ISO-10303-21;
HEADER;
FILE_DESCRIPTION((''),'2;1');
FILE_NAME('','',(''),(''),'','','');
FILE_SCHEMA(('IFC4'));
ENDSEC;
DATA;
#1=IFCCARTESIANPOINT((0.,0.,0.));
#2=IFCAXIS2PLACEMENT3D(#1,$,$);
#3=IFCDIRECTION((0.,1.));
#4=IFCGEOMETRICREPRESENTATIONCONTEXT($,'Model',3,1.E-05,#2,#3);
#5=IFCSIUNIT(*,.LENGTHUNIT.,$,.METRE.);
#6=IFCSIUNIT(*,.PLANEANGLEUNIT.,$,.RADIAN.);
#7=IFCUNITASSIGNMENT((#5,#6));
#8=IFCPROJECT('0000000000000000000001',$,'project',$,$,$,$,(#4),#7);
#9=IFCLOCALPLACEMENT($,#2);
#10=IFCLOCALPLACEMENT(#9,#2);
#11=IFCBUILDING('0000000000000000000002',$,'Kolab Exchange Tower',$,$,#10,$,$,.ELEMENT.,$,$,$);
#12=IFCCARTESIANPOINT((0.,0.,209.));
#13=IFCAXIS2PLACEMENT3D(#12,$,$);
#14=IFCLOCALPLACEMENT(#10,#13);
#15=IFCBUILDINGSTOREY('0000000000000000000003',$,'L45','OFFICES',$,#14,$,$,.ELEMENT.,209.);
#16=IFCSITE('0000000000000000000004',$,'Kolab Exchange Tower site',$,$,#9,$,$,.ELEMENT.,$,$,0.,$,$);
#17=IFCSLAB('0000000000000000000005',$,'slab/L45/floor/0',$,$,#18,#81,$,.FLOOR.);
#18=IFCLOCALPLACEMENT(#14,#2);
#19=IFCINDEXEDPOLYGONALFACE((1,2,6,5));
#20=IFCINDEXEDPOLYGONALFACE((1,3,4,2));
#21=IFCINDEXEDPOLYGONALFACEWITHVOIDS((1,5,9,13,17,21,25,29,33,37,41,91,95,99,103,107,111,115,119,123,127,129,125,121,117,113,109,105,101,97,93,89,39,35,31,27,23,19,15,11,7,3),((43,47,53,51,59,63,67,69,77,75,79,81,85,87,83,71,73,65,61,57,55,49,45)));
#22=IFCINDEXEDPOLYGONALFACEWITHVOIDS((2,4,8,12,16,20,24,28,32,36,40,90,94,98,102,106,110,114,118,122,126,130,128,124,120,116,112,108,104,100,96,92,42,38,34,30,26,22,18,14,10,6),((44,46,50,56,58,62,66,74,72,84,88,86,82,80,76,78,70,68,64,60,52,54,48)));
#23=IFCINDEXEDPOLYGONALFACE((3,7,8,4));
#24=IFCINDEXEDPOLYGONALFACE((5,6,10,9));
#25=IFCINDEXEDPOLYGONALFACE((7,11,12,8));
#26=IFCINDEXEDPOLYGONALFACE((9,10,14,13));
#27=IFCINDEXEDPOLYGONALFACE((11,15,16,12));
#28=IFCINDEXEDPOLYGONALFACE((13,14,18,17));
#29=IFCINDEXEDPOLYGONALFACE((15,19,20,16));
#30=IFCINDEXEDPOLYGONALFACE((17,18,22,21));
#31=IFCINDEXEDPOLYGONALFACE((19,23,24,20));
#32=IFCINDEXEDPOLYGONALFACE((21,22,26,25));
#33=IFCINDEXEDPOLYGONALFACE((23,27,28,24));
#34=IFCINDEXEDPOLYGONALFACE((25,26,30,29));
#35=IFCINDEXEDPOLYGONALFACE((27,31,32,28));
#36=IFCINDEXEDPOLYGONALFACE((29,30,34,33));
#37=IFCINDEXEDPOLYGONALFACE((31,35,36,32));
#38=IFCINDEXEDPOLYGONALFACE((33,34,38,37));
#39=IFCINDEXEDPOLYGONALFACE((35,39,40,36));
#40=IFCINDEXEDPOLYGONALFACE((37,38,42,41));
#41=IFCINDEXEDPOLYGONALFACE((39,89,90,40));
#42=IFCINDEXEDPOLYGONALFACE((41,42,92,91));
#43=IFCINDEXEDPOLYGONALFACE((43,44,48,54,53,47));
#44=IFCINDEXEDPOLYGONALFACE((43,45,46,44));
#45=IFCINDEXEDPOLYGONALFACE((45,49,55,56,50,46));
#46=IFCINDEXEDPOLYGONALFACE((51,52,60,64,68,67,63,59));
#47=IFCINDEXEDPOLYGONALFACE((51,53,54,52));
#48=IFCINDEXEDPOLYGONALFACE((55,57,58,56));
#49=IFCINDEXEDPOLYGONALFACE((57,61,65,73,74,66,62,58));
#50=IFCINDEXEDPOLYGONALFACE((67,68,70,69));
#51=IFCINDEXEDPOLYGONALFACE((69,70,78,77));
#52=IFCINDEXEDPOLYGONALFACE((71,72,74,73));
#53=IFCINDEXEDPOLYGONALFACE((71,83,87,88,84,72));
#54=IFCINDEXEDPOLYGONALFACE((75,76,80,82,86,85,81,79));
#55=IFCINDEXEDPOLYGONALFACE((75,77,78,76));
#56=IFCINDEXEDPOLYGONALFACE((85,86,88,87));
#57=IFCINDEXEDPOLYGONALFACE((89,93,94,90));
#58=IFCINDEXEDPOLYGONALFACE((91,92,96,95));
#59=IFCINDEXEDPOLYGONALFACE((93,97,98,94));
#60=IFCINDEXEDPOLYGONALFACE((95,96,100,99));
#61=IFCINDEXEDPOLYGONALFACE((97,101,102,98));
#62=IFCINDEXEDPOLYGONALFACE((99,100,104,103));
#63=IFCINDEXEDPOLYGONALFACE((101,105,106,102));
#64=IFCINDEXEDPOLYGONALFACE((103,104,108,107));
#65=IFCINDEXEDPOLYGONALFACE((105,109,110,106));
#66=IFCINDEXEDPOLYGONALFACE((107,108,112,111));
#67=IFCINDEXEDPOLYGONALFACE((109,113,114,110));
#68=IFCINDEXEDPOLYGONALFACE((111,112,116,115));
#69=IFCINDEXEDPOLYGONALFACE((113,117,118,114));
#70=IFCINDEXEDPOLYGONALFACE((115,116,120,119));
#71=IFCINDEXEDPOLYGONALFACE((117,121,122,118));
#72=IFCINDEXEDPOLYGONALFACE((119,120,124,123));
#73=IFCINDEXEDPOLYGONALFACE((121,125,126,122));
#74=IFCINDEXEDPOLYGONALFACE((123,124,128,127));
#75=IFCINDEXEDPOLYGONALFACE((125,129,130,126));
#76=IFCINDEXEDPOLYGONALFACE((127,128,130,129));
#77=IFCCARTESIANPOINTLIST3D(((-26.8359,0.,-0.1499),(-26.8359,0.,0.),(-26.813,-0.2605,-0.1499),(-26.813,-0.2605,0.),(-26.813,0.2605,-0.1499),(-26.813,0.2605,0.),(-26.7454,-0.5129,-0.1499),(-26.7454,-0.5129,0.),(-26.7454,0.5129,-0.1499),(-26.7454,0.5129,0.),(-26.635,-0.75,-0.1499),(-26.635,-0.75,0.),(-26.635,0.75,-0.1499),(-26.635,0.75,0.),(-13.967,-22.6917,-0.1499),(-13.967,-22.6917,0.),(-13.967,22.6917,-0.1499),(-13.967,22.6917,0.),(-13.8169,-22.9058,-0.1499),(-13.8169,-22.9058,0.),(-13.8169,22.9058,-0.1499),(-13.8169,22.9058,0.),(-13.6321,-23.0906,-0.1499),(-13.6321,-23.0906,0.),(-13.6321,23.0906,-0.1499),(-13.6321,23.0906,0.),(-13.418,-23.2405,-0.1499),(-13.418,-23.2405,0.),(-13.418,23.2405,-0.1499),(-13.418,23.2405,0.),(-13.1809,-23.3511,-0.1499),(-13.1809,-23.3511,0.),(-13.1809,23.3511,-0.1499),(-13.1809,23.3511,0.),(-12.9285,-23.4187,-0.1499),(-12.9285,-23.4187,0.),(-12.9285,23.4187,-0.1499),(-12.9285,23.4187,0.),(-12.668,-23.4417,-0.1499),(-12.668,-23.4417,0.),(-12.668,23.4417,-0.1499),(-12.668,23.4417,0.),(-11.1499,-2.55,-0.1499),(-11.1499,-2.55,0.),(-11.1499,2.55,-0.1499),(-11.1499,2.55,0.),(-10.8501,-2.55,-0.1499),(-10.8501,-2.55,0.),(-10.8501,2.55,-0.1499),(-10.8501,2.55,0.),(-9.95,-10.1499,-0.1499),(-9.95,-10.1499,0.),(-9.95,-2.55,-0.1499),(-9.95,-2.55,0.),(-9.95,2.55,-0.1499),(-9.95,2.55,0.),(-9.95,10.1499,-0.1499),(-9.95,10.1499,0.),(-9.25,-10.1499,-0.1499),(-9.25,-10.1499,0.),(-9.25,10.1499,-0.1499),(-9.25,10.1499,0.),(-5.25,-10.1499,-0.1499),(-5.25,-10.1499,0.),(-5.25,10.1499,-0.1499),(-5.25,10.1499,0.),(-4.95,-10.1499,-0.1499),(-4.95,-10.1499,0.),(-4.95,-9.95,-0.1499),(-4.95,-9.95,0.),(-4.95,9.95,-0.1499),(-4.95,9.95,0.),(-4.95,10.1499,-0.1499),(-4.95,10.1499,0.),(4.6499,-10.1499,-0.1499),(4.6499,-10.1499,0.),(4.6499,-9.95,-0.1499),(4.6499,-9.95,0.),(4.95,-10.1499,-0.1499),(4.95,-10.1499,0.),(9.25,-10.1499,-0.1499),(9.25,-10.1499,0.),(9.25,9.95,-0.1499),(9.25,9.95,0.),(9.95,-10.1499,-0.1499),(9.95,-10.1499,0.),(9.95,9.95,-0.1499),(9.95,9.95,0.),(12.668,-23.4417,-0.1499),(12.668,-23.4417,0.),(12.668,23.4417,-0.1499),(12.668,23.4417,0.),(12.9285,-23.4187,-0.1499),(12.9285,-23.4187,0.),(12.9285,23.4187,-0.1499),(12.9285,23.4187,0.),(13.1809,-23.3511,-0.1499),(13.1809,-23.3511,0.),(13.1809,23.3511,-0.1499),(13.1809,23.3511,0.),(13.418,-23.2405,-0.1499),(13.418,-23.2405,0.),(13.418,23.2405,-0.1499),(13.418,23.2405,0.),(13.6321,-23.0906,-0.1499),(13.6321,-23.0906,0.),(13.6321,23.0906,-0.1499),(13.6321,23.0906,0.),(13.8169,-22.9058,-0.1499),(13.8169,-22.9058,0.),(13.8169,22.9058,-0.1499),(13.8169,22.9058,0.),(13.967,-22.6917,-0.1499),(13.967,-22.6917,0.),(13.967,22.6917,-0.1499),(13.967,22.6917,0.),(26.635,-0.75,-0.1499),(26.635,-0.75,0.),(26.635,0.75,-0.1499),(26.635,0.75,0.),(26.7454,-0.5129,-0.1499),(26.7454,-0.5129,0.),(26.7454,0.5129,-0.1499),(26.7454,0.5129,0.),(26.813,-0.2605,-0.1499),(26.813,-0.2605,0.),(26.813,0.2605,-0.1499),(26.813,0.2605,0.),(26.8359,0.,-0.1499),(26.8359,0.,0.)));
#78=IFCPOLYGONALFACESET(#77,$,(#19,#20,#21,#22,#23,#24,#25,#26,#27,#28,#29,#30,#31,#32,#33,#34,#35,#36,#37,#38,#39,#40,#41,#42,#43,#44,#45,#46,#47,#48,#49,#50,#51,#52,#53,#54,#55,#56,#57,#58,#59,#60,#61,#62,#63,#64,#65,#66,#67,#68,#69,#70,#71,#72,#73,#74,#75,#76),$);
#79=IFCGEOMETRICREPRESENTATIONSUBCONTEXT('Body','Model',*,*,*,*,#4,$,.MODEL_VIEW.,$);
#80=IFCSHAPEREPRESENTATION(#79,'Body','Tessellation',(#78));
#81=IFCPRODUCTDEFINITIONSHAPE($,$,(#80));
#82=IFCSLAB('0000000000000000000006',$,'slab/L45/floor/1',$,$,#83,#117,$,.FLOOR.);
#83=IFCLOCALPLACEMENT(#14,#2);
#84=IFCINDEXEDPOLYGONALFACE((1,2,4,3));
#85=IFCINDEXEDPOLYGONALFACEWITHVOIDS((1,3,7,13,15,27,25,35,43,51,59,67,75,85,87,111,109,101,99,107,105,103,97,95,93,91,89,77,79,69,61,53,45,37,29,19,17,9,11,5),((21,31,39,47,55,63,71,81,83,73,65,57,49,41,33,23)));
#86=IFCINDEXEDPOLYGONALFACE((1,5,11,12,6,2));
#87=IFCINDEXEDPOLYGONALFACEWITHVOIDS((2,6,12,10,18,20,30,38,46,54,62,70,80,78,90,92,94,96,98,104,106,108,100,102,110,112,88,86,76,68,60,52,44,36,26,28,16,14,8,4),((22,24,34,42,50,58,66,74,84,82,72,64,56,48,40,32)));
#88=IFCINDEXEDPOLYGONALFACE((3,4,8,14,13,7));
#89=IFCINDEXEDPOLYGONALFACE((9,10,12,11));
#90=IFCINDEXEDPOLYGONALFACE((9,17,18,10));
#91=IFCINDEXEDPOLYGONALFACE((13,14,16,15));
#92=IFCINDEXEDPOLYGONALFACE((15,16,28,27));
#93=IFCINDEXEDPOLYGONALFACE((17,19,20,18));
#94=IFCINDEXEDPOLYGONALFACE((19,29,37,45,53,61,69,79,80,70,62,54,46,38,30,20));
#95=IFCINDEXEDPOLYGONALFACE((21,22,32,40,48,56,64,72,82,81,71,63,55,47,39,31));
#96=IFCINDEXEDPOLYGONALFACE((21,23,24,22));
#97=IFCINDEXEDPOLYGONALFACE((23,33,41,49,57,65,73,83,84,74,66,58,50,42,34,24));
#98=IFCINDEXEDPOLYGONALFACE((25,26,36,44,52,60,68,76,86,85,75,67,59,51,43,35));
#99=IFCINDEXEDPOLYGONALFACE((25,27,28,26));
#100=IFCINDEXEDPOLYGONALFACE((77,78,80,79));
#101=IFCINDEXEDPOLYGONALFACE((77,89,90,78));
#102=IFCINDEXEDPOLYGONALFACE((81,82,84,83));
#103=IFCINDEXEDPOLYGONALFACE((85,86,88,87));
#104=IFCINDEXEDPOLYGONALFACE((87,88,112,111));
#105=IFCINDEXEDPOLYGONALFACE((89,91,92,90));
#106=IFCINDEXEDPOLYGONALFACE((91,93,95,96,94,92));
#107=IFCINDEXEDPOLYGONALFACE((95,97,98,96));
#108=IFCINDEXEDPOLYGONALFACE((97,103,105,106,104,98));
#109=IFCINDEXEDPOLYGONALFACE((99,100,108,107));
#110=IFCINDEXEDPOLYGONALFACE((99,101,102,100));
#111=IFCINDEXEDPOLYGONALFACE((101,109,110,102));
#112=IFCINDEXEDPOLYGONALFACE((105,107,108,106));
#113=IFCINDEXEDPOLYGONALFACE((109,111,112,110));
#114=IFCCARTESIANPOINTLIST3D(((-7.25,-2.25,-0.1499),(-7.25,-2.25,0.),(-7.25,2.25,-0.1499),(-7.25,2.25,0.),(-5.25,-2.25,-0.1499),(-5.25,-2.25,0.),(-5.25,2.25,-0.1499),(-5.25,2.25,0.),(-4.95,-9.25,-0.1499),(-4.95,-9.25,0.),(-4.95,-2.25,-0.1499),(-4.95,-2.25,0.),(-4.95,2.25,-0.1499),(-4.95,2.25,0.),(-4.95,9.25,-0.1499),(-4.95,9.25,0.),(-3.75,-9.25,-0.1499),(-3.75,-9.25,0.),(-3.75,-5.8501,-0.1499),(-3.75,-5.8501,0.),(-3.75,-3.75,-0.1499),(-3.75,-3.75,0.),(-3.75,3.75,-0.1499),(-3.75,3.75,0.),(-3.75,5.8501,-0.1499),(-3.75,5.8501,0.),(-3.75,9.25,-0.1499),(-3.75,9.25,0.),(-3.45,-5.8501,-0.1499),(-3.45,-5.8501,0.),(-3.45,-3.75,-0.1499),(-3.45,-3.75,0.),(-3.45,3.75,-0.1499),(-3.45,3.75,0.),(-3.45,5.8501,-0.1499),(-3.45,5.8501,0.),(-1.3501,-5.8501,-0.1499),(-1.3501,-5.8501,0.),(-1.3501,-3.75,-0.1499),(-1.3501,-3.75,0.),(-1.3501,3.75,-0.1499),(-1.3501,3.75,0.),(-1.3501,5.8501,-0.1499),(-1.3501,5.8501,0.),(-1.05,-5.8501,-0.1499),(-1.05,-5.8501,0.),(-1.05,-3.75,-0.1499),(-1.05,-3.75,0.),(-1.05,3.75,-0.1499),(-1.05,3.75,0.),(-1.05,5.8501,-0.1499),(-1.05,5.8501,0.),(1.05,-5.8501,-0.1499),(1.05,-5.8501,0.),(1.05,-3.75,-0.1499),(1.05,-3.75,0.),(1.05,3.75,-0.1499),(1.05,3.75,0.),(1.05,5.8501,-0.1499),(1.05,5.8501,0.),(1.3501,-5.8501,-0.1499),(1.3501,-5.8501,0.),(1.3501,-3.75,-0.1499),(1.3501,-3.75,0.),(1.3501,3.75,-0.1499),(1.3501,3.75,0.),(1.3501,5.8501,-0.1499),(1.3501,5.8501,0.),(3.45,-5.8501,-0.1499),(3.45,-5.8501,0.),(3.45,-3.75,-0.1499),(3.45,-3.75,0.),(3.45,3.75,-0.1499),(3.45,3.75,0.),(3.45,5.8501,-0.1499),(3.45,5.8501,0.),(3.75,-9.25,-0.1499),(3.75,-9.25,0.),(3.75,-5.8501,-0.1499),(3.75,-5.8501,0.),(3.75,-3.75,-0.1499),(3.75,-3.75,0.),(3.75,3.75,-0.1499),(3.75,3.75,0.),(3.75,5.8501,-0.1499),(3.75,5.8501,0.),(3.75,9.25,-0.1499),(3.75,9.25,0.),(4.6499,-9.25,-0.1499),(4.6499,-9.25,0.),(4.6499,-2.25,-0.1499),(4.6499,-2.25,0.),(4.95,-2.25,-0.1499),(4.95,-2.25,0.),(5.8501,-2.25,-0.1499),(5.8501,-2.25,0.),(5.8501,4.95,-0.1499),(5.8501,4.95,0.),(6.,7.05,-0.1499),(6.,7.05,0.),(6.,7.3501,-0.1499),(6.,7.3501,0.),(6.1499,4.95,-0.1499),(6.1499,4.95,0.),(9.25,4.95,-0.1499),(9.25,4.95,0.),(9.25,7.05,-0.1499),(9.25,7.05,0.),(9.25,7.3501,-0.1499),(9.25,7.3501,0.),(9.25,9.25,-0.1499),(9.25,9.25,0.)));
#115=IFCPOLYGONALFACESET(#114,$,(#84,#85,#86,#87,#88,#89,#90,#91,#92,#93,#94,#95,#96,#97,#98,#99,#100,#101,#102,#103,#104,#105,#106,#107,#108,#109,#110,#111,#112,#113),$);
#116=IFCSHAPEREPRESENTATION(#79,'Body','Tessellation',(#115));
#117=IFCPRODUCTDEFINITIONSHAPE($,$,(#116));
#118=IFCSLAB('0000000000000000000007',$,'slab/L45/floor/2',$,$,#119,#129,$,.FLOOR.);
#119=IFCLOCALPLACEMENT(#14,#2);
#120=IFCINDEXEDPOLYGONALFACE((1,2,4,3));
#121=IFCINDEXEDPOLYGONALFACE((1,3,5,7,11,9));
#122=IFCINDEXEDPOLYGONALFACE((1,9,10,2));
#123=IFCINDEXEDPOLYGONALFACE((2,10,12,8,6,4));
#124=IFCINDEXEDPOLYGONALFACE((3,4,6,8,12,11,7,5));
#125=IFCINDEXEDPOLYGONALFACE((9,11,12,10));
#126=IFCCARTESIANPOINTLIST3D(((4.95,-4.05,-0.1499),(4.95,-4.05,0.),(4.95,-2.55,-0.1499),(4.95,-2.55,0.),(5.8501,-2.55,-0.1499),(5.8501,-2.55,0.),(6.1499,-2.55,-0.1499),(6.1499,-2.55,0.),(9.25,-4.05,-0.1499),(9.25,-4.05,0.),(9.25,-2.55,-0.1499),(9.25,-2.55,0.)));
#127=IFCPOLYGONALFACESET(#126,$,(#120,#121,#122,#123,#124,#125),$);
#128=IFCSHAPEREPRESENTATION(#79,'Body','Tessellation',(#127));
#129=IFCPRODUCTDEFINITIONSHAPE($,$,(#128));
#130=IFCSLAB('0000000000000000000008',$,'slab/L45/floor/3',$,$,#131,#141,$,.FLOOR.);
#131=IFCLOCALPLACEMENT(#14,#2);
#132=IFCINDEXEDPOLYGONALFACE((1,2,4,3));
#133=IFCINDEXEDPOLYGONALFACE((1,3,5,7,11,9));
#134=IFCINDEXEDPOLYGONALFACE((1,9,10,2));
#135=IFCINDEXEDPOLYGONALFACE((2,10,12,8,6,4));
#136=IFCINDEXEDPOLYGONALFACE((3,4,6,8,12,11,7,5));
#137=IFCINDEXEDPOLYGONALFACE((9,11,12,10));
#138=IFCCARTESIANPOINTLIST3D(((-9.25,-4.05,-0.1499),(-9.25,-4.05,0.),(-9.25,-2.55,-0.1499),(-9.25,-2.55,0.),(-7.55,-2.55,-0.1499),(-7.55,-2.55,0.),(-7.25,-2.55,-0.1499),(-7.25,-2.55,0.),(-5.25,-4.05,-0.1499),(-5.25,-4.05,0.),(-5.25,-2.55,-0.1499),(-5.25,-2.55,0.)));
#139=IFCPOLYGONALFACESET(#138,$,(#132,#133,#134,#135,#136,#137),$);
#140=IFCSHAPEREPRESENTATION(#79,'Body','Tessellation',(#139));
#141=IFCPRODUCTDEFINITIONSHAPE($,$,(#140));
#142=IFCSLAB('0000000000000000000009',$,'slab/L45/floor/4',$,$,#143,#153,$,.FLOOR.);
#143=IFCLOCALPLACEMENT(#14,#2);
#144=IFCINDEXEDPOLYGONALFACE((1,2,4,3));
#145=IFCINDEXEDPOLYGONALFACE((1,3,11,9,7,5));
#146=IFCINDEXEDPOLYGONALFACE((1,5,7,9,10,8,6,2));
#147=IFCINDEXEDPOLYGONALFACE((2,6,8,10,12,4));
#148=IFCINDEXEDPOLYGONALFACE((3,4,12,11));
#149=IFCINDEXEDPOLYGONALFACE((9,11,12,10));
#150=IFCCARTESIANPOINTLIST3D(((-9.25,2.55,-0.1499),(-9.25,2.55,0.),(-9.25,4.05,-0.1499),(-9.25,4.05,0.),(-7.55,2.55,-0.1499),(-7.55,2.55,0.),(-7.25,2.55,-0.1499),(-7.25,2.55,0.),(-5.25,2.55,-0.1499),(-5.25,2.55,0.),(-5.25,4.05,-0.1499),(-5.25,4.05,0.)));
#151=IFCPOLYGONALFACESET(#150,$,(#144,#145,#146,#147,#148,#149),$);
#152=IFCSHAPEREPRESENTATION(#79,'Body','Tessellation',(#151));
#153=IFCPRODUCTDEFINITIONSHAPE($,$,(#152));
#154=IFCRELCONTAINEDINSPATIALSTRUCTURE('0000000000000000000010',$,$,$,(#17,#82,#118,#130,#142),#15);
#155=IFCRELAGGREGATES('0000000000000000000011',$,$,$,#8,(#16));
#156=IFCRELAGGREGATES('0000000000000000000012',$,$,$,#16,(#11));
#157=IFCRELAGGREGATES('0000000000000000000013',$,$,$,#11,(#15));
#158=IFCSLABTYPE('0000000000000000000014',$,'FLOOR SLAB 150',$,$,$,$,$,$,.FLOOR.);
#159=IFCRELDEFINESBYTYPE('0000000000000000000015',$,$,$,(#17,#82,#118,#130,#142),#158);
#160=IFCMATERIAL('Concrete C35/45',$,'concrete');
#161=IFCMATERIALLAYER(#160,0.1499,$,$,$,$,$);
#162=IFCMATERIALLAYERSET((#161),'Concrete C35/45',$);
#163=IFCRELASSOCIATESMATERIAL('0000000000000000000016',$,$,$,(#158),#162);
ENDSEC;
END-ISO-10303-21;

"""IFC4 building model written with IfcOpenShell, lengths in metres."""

from ifc_helpers import new_model, si_unit, direction, frame, origin, place, context, subcontext, project, spatial, polyline, outline, extrude, material, layer, layer_set, type_object, element, save


model = new_model("IFC4")

# Units and contexts
model_context = context("Model", 3, precision=1e-05, world=origin(), true_north=direction((0.0, 1.0)))
body_context = subcontext(model_context, "Body", "Model", "MODEL_VIEW")
ifc_project = project(units=[si_unit("LENGTHUNIT", "METRE"), si_unit("PLANEANGLEUNIT", "RADIAN")], contexts=[model_context])

# Site, building, storey
site_placement = place(None, origin())
site = spatial("IfcSite", under=ifc_project, at=site_placement, Name="Kolab Exchange Tower site", CompositionType="ELEMENT", RefElevation=0.0)
building_placement = place(site_placement, origin())
building = spatial("IfcBuilding", under=site, at=building_placement, Name="Kolab Exchange Tower", CompositionType="ELEMENT")
storey_placement = place(building_placement, frame((0.0, 0.0, 209.0)))
storey = spatial("IfcBuildingStorey", under=building, at=storey_placement, Name="L45", Description="OFFICES", CompositionType="ELEMENT", Elevation=209.0)

# Slabs
ifc_material_1 = material(Name="Concrete C35/45", Category="concrete")
ifc_layer_1 = layer(ifc_material_1, 0.1499)
ifc_layer_set_1 = layer_set([ifc_layer_1], Name="Concrete C35/45")
slab_type_1 = type_object("IfcSlabType", Name="FLOOR SLAB 150", PredefinedType="FLOOR", material=ifc_layer_set_1)
slab_1_placement = place(storey_placement, frame((0.0, 0.0, -0.1499)))
element("IfcSlab", 1, at=slab_1_placement, inside=storey, type_object=slab_type_1, Name="slab/L45/floor/0", PredefinedType="FLOOR", context=body_context, shape_type="SweptSolid", body=[
    extrude(outline(polyline([(13.967, -22.6917), (26.635, -0.75), (26.7454, -0.5129), (26.813, -0.2605), (26.8359, 0.0), (26.813, 0.2605), (26.7454, 0.5129), (26.635, 0.75), (13.967, 22.6917), (13.8169, 22.9058), (13.6321, 23.0906), (13.418, 23.2405), (13.1809, 23.3511), (12.9285, 23.4187), (12.668, 23.4417), (-12.668, 23.4417), (-12.9285, 23.4187), (-13.1809, 23.3511), (-13.418, 23.2405), (-13.6321, 23.0906), (-13.8169, 22.9058), (-13.967, 22.6917), (-26.635, 0.75), (-26.7454, 0.5129), (-26.813, 0.2605), (-26.8359, 0.0), (-26.813, -0.2605), (-26.7454, -0.5129), (-26.635, -0.75), (-13.967, -22.6917), (-13.8169, -22.9058), (-13.6321, -23.0906), (-13.418, -23.2405), (-13.1809, -23.3511), (-12.9285, -23.4187), (-12.668, -23.4417), (12.668, -23.4417), (12.9285, -23.4187), (13.1809, -23.3511), (13.418, -23.2405), (13.6321, -23.0906), (13.8169, -22.9058), (13.967, -22.6917)]), holes=[polyline([(-9.25, -10.1499), (-9.95, -10.1499), (-9.95, -2.55), (-10.8501, -2.55), (-11.1499, -2.55), (-11.1499, 2.55), (-10.8501, 2.55), (-9.95, 2.55), (-9.95, 10.1499), (-9.25, 10.1499), (-5.25, 10.1499), (-4.95, 10.1499), (-4.95, 9.95), (9.25, 9.95), (9.95, 9.95), (9.95, -10.1499), (9.25, -10.1499), (4.95, -10.1499), (4.6499, -10.1499), (4.6499, -9.95), (-4.95, -9.95), (-4.95, -10.1499), (-5.25, -10.1499), (-9.25, -10.1499)])]), origin(), (0.0, 0.0, 1.0), 0.1499),
])
slab_2_placement = place(storey_placement, frame((0.0, 0.0, -0.1499)))
element("IfcSlab", 2, at=slab_2_placement, inside=storey, type_object=slab_type_1, Name="slab/L45/floor/1", PredefinedType="FLOOR", context=body_context, shape_type="SweptSolid", body=[
    extrude(outline(polyline([(-4.95, 9.25), (-4.95, 2.25), (-5.25, 2.25), (-7.25, 2.25), (-7.25, -2.25), (-5.25, -2.25), (-4.95, -2.25), (-4.95, -9.25), (-3.75, -9.25), (-3.75, -5.8501), (-3.45, -5.8501), (-1.3501, -5.8501), (-1.05, -5.8501), (1.05, -5.8501), (1.3501, -5.8501), (3.45, -5.8501), (3.75, -5.8501), (3.75, -9.25), (4.6499, -9.25), (4.6499, -2.25), (4.95, -2.25), (5.8501, -2.25), (5.8501, 4.95), (6.1499, 4.95), (9.25, 4.95), (9.25, 7.05), (6.0, 7.05), (6.0, 7.3501), (9.25, 7.3501), (9.25, 9.25), (3.75, 9.25), (3.75, 5.8501), (3.45, 5.8501), (1.3501, 5.8501), (1.05, 5.8501), (-1.05, 5.8501), (-1.3501, 5.8501), (-3.45, 5.8501), (-3.75, 5.8501), (-3.75, 9.25), (-4.95, 9.25)]), holes=[polyline([(-3.45, -3.75), (-3.75, -3.75), (-3.75, 3.75), (-3.45, 3.75), (-1.3501, 3.75), (-1.05, 3.75), (1.05, 3.75), (1.3501, 3.75), (3.45, 3.75), (3.75, 3.75), (3.75, -3.75), (3.45, -3.75), (1.3501, -3.75), (1.05, -3.75), (-1.05, -3.75), (-1.3501, -3.75), (-3.45, -3.75)])]), origin(), (0.0, 0.0, 1.0), 0.1499),
])
slab_3_placement = place(storey_placement, frame((0.0, 0.0, -0.1499)))
element("IfcSlab", 3, at=slab_3_placement, inside=storey, type_object=slab_type_1, Name="slab/L45/floor/2", PredefinedType="FLOOR", context=body_context, shape_type="SweptSolid", body=[
    extrude(outline(polyline([(4.95, -4.05), (9.25, -4.05), (9.25, -2.55), (6.1499, -2.55), (5.8501, -2.55), (4.95, -2.55), (4.95, -4.05)])), origin(), (0.0, 0.0, 1.0), 0.1499),
])
slab_4_placement = place(storey_placement, frame((0.0, 0.0, -0.1499)))
element("IfcSlab", 4, at=slab_4_placement, inside=storey, type_object=slab_type_1, Name="slab/L45/floor/3", PredefinedType="FLOOR", context=body_context, shape_type="SweptSolid", body=[
    extrude(outline(polyline([(-7.55, -2.55), (-9.25, -2.55), (-9.25, -4.05), (-5.25, -4.05), (-5.25, -2.55), (-7.25, -2.55), (-7.55, -2.55)])), origin(), (0.0, 0.0, 1.0), 0.1499),
])
slab_5_placement = place(storey_placement, frame((0.0, 0.0, -0.1499)))
element("IfcSlab", 5, at=slab_5_placement, inside=storey, type_object=slab_type_1, Name="slab/L45/floor/4", PredefinedType="FLOOR", context=body_context, shape_type="SweptSolid", body=[
    extrude(outline(polyline([(-9.25, 2.55), (-7.55, 2.55), (-7.25, 2.55), (-5.25, 2.55), (-5.25, 4.05), (-9.25, 4.05), (-9.25, 2.55)])), origin(), (0.0, 0.0, 1.0), 0.1499),
])

save(model, "model.ifc")
